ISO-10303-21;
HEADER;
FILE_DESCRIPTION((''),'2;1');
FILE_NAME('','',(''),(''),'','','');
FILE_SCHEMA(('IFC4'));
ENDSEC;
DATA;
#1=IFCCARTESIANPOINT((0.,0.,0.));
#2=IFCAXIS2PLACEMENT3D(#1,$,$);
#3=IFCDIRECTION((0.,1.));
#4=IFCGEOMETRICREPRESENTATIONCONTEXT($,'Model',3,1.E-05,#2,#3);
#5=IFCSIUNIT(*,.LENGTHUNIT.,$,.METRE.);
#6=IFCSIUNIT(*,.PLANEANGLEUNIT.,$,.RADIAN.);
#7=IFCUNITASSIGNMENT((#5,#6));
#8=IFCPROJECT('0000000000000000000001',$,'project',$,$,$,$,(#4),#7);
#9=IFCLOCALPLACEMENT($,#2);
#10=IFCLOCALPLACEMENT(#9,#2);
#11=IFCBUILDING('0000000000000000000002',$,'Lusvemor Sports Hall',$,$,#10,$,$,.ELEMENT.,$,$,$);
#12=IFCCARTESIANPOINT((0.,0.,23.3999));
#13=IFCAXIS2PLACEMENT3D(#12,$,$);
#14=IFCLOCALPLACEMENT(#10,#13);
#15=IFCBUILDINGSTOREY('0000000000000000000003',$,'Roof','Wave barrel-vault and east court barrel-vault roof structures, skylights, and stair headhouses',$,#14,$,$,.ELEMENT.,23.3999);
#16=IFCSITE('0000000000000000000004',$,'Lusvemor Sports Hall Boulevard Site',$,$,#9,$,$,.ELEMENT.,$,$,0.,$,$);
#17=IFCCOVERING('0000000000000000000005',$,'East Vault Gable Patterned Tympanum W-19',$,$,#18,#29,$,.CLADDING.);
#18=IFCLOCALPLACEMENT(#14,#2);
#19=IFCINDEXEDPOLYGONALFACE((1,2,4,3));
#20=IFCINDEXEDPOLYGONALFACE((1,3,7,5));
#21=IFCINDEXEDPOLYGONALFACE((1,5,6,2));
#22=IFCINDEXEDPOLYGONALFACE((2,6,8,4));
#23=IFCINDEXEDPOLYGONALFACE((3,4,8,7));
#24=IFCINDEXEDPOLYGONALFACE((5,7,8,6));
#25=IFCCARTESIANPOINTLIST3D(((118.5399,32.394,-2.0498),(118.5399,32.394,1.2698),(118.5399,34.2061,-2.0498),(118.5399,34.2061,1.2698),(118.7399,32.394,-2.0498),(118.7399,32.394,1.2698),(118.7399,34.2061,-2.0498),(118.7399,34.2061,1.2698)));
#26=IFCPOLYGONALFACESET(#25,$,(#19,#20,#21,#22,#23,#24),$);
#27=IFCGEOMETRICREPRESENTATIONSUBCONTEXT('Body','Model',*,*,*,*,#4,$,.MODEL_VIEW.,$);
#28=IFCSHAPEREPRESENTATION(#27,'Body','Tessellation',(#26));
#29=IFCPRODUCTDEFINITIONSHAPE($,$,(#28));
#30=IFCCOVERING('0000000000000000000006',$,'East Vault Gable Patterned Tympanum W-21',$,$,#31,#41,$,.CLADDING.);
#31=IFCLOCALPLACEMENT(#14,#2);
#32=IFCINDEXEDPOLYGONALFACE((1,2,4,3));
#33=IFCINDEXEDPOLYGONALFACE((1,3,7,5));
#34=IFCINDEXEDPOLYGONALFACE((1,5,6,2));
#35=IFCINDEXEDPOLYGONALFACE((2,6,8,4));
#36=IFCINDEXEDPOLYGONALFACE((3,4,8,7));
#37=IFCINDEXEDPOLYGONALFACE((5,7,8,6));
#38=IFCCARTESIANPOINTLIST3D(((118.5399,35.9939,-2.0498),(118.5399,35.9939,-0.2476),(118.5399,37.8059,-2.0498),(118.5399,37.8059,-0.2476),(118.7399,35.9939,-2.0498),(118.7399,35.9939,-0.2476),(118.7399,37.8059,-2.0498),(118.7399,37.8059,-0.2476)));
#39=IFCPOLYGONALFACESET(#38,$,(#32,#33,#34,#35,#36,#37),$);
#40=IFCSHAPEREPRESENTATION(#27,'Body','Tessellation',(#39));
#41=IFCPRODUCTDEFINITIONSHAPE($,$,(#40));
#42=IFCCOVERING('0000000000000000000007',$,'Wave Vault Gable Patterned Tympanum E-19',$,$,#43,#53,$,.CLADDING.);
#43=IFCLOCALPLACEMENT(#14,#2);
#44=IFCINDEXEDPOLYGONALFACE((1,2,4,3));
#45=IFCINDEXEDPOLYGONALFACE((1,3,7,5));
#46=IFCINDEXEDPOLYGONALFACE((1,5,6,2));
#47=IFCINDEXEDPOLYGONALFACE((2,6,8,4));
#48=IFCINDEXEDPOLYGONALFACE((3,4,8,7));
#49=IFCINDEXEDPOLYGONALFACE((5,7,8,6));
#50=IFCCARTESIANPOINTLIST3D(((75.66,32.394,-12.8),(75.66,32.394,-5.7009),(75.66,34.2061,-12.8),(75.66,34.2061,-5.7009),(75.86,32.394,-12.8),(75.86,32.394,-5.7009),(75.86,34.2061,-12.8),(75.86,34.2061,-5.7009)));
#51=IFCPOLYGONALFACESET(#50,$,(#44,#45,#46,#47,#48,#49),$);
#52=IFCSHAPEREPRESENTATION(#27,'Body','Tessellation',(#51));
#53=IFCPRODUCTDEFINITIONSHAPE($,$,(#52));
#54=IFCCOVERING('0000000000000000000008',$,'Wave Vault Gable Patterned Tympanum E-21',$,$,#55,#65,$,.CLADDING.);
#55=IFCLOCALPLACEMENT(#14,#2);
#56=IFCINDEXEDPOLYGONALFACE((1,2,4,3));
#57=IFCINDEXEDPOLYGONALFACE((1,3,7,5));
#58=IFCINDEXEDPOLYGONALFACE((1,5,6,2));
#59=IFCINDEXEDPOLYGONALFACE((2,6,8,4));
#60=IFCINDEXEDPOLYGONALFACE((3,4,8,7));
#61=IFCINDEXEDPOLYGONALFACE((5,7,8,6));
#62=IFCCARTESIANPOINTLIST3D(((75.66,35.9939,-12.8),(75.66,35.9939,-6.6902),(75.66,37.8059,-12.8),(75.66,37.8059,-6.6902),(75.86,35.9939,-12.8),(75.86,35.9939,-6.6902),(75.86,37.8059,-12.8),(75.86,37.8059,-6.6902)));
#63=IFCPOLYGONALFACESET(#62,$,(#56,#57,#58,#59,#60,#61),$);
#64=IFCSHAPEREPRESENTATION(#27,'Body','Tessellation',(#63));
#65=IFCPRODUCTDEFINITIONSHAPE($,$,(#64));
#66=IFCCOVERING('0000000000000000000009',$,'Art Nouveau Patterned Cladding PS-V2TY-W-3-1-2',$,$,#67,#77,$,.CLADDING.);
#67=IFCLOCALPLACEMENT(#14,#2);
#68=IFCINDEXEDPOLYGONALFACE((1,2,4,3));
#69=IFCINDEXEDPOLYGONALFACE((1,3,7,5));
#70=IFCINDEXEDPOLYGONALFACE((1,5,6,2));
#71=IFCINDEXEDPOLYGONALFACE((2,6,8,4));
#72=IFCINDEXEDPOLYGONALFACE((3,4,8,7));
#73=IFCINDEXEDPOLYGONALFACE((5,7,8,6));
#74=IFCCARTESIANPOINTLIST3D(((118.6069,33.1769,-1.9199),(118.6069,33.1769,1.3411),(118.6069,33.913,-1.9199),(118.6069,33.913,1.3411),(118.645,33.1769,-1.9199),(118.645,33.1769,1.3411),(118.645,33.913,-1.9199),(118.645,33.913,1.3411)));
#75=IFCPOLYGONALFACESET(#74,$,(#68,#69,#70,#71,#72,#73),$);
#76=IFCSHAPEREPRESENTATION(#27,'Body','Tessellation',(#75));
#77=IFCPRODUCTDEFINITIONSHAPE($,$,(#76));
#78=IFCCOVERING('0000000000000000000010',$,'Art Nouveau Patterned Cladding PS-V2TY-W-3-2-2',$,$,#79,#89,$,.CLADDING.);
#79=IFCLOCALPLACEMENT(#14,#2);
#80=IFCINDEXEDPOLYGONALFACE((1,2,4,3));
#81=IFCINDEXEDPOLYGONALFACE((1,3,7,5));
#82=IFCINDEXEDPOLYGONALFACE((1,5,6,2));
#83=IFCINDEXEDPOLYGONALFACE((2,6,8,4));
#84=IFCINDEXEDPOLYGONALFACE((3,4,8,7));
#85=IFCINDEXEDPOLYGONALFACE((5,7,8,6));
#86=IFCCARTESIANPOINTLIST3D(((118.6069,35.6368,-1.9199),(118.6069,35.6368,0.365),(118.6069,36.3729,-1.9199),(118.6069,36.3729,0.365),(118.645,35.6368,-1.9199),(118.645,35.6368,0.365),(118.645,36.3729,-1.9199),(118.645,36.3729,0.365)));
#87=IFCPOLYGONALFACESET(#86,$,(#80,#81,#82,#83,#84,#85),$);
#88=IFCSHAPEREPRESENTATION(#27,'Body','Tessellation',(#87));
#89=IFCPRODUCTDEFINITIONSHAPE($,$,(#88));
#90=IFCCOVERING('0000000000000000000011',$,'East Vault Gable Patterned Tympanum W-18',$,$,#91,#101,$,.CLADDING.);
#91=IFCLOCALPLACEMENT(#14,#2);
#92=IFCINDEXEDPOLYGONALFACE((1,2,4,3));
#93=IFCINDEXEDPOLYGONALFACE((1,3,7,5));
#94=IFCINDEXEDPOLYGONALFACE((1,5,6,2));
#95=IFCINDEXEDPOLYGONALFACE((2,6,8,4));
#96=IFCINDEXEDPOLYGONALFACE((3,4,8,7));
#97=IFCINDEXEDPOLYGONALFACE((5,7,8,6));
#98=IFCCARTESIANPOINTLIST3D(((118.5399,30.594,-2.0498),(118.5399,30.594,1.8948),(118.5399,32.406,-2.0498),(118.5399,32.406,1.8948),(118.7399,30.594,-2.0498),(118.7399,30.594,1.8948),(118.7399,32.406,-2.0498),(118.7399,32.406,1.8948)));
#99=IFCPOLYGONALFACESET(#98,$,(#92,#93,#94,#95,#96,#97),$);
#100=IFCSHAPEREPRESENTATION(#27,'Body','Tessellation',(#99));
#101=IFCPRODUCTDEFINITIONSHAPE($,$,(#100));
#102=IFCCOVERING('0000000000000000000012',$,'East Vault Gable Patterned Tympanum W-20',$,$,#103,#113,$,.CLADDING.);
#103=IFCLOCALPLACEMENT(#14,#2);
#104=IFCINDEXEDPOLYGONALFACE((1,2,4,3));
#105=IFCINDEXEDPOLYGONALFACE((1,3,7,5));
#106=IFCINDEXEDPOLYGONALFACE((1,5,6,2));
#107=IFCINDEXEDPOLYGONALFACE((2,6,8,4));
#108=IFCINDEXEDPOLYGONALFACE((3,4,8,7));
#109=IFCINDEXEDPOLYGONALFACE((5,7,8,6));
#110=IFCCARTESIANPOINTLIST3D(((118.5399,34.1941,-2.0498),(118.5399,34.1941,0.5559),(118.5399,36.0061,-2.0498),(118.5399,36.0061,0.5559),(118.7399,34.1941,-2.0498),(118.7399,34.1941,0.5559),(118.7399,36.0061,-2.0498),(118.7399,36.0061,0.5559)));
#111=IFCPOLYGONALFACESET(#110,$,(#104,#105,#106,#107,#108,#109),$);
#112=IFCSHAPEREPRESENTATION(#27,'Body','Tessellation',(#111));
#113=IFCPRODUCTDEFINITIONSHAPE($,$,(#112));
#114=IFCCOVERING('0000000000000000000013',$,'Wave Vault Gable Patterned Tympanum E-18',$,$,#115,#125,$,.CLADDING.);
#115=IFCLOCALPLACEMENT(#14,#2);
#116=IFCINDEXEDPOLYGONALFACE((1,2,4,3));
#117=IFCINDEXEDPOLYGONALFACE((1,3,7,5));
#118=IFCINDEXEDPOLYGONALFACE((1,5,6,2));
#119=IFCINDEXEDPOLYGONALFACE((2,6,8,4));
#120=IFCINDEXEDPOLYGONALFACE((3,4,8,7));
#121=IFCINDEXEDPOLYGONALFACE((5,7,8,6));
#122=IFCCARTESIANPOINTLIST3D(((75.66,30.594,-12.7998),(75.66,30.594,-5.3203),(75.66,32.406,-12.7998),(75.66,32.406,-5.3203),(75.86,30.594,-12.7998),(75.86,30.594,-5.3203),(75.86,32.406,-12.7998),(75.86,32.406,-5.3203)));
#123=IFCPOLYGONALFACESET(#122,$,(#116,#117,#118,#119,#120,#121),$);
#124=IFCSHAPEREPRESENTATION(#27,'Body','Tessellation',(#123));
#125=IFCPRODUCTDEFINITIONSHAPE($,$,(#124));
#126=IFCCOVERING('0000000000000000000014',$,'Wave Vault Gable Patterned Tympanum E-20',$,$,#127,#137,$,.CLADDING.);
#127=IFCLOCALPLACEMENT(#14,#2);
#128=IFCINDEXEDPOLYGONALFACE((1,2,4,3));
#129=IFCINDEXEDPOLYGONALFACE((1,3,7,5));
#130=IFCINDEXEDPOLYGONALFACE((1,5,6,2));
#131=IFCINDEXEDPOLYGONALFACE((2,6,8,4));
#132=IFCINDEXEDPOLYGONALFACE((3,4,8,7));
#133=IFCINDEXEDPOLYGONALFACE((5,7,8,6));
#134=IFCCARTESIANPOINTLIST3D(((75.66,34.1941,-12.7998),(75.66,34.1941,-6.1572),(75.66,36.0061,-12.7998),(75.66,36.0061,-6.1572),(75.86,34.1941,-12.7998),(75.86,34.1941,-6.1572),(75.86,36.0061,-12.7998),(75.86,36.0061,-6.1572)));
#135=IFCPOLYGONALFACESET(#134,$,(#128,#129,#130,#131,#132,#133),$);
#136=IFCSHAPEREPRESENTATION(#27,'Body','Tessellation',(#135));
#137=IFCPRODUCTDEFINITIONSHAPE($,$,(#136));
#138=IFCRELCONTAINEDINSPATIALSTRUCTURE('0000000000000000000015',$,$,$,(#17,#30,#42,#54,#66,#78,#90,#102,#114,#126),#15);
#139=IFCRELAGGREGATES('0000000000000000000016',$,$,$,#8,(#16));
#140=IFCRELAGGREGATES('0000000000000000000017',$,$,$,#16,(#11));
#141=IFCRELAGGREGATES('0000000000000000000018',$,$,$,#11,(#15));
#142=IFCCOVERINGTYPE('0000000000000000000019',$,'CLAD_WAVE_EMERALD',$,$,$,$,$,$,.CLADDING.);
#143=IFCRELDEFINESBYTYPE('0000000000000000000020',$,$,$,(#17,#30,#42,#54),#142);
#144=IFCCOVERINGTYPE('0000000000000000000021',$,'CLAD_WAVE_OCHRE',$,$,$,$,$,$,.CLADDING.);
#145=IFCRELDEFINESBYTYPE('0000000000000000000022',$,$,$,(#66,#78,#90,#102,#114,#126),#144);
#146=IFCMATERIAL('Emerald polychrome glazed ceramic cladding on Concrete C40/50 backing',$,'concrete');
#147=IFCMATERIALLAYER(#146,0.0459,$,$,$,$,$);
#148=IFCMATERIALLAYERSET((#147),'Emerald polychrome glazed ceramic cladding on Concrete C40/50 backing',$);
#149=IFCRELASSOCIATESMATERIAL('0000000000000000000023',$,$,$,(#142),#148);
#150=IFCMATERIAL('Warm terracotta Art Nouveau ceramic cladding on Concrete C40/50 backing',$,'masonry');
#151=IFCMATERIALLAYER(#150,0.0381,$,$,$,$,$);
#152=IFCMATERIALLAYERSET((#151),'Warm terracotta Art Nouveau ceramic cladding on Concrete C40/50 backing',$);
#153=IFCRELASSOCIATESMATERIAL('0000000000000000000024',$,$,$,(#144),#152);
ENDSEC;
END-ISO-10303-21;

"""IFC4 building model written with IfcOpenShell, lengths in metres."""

from ifc_helpers import new_model, si_unit, direction, frame, origin, origin_2d, place, context, subcontext, project, spatial, rectangle, extrude, material, layer, layer_set, type_object, element, save


model = new_model("IFC4")

# Units and contexts
model_context = context("Model", 3, precision=1e-05, world=origin(), true_north=direction((0.0, 1.0)))
body_context = subcontext(model_context, "Body", "Model", "MODEL_VIEW")
ifc_project = project(units=[si_unit("LENGTHUNIT", "METRE"), si_unit("PLANEANGLEUNIT", "RADIAN")], contexts=[model_context])

# Site, building, storey
site_placement = place(None, origin())
site = spatial("IfcSite", under=ifc_project, at=site_placement, Name="Lusvemor Sports Hall Boulevard Site", CompositionType="ELEMENT", RefElevation=0.0)
building_placement = place(site_placement, origin())
building = spatial("IfcBuilding", under=site, at=building_placement, Name="Lusvemor Sports Hall", CompositionType="ELEMENT")
storey_placement = place(building_placement, frame((0.0, 0.0, 23.3999)))
storey = spatial("IfcBuildingStorey", under=building, at=storey_placement, Name="Roof", Description="Wave barrel-vault and east court barrel-vault roof structures, skylights, and stair headhouses", CompositionType="ELEMENT", Elevation=23.3999)

# Coverings
ifc_material_1 = material(Name="Emerald polychrome glazed ceramic cladding on Concrete C40/50 backing", Category="concrete")
ifc_layer_1 = layer(ifc_material_1, 0.0459)
ifc_layer_set_1 = layer_set([ifc_layer_1], Name="Emerald polychrome glazed ceramic cladding on Concrete C40/50 backing")
covering_type_1 = type_object("IfcCoveringType", Name="CLAD_WAVE_EMERALD", PredefinedType="CLADDING", material=ifc_layer_set_1)
covering_1_placement = place(storey_placement, frame((118.6399, 33.3, -2.0498), z_axis=(0.0, 0.0, 1.0), x_axis=(1.0, 0.0, 0.0)))
element("IfcCovering", 1, at=covering_1_placement, inside=storey, type_object=covering_type_1, Name="East Vault Gable Patterned Tympanum W-19", PredefinedType="CLADDING", context=body_context, shape_type="SweptSolid", body=[
    extrude(rectangle(XDim=0.2, YDim=1.812, at=origin_2d()), origin(), (0.0, 0.0, 1.0), 3.3196),
])
covering_2_placement = place(storey_placement, frame((118.6399, 36.8999, -2.0498), z_axis=(0.0, 0.0, 1.0), x_axis=(1.0, 0.0, 0.0)))
element("IfcCovering", 2, at=covering_2_placement, inside=storey, type_object=covering_type_1, Name="East Vault Gable Patterned Tympanum W-21", PredefinedType="CLADDING", context=body_context, shape_type="SweptSolid", body=[
    extrude(rectangle(XDim=0.2, YDim=1.812, at=origin_2d()), origin(), (0.0, 0.0, 1.0), 1.8022),
])
covering_3_placement = place(storey_placement, frame((75.76, 33.3, -12.8), z_axis=(0.0, 0.0, 1.0), x_axis=(1.0, 0.0, 0.0)))
element("IfcCovering", 3, at=covering_3_placement, inside=storey, type_object=covering_type_1, Name="Wave Vault Gable Patterned Tympanum E-19", PredefinedType="CLADDING", context=body_context, shape_type="SweptSolid", body=[
    extrude(rectangle(XDim=0.2, YDim=1.812, at=origin_2d()), origin(), (0.0, 0.0, 1.0), 7.0991),
])
covering_4_placement = place(storey_placement, frame((75.76, 36.8999, -12.8), z_axis=(0.0, 0.0, 1.0), x_axis=(1.0, 0.0, 0.0)))
element("IfcCovering", 4, at=covering_4_placement, inside=storey, type_object=covering_type_1, Name="Wave Vault Gable Patterned Tympanum E-21", PredefinedType="CLADDING", context=body_context, shape_type="SweptSolid", body=[
    extrude(rectangle(XDim=0.2, YDim=1.812, at=origin_2d()), origin(), (0.0, 0.0, 1.0), 6.1099),
])
ifc_material_2 = material(Name="Warm terracotta Art Nouveau ceramic cladding on Concrete C40/50 backing", Category="masonry")
ifc_layer_2 = layer(ifc_material_2, 0.0381)
ifc_layer_set_2 = layer_set([ifc_layer_2], Name="Warm terracotta Art Nouveau ceramic cladding on Concrete C40/50 backing")
covering_type_2 = type_object("IfcCoveringType", Name="CLAD_WAVE_OCHRE", PredefinedType="CLADDING", material=ifc_layer_set_2)
covering_5_placement = place(storey_placement, frame((118.626, 33.5449, -1.9199), z_axis=(0.0, 0.0, 1.0), x_axis=(1.0, 0.0, 0.0)))
element("IfcCovering", 5, at=covering_5_placement, inside=storey, type_object=covering_type_2, Name="Art Nouveau Patterned Cladding PS-V2TY-W-3-1-2", PredefinedType="CLADDING", context=body_context, shape_type="SweptSolid", body=[
    extrude(rectangle(XDim=0.0381, YDim=0.7361, at=origin_2d()), origin(), (0.0, 0.0, 1.0), 3.261),
])
covering_6_placement = place(storey_placement, frame((118.626, 36.0049, -1.9199), z_axis=(0.0, 0.0, 1.0), x_axis=(1.0, 0.0, 0.0)))
element("IfcCovering", 6, at=covering_6_placement, inside=storey, type_object=covering_type_2, Name="Art Nouveau Patterned Cladding PS-V2TY-W-3-2-2", PredefinedType="CLADDING", context=body_context, shape_type="SweptSolid", body=[
    extrude(rectangle(XDim=0.0381, YDim=0.7361, at=origin_2d()), origin(), (0.0, 0.0, 1.0), 2.2849),
])
covering_7_placement = place(storey_placement, frame((118.6399, 31.5, -2.0498), z_axis=(0.0, 0.0, 1.0), x_axis=(1.0, 0.0, 0.0)))
element("IfcCovering", 7, at=covering_7_placement, inside=storey, type_object=covering_type_2, Name="East Vault Gable Patterned Tympanum W-18", PredefinedType="CLADDING", context=body_context, shape_type="SweptSolid", body=[
    extrude(rectangle(XDim=0.2, YDim=1.812, at=origin_2d()), origin(), (0.0, 0.0, 1.0), 3.9446),
])
covering_8_placement = place(storey_placement, frame((118.6399, 35.1001, -2.0498), z_axis=(0.0, 0.0, 1.0), x_axis=(1.0, 0.0, 0.0)))
element("IfcCovering", 8, at=covering_8_placement, inside=storey, type_object=covering_type_2, Name="East Vault Gable Patterned Tympanum W-20", PredefinedType="CLADDING", context=body_context, shape_type="SweptSolid", body=[
    extrude(rectangle(XDim=0.2, YDim=1.812, at=origin_2d()), origin(), (0.0, 0.0, 1.0), 2.6057),
])
covering_9_placement = place(storey_placement, frame((75.76, 31.5, -12.7998), z_axis=(0.0, 0.0, 1.0), x_axis=(1.0, 0.0, 0.0)))
element("IfcCovering", 9, at=covering_9_placement, inside=storey, type_object=covering_type_2, Name="Wave Vault Gable Patterned Tympanum E-18", PredefinedType="CLADDING", context=body_context, shape_type="SweptSolid", body=[
    extrude(rectangle(XDim=0.2, YDim=1.812, at=origin_2d()), origin(), (0.0, 0.0, 1.0), 7.4795),
])
covering_10_placement = place(storey_placement, frame((75.76, 35.1001, -12.7998), z_axis=(0.0, 0.0, 1.0), x_axis=(1.0, 0.0, 0.0)))
element("IfcCovering", 10, at=covering_10_placement, inside=storey, type_object=covering_type_2, Name="Wave Vault Gable Patterned Tympanum E-20", PredefinedType="CLADDING", context=body_context, shape_type="SweptSolid", body=[
    extrude(rectangle(XDim=0.2, YDim=1.812, at=origin_2d()), origin(), (0.0, 0.0, 1.0), 6.6426),
])

save(model, "model.ifc")
